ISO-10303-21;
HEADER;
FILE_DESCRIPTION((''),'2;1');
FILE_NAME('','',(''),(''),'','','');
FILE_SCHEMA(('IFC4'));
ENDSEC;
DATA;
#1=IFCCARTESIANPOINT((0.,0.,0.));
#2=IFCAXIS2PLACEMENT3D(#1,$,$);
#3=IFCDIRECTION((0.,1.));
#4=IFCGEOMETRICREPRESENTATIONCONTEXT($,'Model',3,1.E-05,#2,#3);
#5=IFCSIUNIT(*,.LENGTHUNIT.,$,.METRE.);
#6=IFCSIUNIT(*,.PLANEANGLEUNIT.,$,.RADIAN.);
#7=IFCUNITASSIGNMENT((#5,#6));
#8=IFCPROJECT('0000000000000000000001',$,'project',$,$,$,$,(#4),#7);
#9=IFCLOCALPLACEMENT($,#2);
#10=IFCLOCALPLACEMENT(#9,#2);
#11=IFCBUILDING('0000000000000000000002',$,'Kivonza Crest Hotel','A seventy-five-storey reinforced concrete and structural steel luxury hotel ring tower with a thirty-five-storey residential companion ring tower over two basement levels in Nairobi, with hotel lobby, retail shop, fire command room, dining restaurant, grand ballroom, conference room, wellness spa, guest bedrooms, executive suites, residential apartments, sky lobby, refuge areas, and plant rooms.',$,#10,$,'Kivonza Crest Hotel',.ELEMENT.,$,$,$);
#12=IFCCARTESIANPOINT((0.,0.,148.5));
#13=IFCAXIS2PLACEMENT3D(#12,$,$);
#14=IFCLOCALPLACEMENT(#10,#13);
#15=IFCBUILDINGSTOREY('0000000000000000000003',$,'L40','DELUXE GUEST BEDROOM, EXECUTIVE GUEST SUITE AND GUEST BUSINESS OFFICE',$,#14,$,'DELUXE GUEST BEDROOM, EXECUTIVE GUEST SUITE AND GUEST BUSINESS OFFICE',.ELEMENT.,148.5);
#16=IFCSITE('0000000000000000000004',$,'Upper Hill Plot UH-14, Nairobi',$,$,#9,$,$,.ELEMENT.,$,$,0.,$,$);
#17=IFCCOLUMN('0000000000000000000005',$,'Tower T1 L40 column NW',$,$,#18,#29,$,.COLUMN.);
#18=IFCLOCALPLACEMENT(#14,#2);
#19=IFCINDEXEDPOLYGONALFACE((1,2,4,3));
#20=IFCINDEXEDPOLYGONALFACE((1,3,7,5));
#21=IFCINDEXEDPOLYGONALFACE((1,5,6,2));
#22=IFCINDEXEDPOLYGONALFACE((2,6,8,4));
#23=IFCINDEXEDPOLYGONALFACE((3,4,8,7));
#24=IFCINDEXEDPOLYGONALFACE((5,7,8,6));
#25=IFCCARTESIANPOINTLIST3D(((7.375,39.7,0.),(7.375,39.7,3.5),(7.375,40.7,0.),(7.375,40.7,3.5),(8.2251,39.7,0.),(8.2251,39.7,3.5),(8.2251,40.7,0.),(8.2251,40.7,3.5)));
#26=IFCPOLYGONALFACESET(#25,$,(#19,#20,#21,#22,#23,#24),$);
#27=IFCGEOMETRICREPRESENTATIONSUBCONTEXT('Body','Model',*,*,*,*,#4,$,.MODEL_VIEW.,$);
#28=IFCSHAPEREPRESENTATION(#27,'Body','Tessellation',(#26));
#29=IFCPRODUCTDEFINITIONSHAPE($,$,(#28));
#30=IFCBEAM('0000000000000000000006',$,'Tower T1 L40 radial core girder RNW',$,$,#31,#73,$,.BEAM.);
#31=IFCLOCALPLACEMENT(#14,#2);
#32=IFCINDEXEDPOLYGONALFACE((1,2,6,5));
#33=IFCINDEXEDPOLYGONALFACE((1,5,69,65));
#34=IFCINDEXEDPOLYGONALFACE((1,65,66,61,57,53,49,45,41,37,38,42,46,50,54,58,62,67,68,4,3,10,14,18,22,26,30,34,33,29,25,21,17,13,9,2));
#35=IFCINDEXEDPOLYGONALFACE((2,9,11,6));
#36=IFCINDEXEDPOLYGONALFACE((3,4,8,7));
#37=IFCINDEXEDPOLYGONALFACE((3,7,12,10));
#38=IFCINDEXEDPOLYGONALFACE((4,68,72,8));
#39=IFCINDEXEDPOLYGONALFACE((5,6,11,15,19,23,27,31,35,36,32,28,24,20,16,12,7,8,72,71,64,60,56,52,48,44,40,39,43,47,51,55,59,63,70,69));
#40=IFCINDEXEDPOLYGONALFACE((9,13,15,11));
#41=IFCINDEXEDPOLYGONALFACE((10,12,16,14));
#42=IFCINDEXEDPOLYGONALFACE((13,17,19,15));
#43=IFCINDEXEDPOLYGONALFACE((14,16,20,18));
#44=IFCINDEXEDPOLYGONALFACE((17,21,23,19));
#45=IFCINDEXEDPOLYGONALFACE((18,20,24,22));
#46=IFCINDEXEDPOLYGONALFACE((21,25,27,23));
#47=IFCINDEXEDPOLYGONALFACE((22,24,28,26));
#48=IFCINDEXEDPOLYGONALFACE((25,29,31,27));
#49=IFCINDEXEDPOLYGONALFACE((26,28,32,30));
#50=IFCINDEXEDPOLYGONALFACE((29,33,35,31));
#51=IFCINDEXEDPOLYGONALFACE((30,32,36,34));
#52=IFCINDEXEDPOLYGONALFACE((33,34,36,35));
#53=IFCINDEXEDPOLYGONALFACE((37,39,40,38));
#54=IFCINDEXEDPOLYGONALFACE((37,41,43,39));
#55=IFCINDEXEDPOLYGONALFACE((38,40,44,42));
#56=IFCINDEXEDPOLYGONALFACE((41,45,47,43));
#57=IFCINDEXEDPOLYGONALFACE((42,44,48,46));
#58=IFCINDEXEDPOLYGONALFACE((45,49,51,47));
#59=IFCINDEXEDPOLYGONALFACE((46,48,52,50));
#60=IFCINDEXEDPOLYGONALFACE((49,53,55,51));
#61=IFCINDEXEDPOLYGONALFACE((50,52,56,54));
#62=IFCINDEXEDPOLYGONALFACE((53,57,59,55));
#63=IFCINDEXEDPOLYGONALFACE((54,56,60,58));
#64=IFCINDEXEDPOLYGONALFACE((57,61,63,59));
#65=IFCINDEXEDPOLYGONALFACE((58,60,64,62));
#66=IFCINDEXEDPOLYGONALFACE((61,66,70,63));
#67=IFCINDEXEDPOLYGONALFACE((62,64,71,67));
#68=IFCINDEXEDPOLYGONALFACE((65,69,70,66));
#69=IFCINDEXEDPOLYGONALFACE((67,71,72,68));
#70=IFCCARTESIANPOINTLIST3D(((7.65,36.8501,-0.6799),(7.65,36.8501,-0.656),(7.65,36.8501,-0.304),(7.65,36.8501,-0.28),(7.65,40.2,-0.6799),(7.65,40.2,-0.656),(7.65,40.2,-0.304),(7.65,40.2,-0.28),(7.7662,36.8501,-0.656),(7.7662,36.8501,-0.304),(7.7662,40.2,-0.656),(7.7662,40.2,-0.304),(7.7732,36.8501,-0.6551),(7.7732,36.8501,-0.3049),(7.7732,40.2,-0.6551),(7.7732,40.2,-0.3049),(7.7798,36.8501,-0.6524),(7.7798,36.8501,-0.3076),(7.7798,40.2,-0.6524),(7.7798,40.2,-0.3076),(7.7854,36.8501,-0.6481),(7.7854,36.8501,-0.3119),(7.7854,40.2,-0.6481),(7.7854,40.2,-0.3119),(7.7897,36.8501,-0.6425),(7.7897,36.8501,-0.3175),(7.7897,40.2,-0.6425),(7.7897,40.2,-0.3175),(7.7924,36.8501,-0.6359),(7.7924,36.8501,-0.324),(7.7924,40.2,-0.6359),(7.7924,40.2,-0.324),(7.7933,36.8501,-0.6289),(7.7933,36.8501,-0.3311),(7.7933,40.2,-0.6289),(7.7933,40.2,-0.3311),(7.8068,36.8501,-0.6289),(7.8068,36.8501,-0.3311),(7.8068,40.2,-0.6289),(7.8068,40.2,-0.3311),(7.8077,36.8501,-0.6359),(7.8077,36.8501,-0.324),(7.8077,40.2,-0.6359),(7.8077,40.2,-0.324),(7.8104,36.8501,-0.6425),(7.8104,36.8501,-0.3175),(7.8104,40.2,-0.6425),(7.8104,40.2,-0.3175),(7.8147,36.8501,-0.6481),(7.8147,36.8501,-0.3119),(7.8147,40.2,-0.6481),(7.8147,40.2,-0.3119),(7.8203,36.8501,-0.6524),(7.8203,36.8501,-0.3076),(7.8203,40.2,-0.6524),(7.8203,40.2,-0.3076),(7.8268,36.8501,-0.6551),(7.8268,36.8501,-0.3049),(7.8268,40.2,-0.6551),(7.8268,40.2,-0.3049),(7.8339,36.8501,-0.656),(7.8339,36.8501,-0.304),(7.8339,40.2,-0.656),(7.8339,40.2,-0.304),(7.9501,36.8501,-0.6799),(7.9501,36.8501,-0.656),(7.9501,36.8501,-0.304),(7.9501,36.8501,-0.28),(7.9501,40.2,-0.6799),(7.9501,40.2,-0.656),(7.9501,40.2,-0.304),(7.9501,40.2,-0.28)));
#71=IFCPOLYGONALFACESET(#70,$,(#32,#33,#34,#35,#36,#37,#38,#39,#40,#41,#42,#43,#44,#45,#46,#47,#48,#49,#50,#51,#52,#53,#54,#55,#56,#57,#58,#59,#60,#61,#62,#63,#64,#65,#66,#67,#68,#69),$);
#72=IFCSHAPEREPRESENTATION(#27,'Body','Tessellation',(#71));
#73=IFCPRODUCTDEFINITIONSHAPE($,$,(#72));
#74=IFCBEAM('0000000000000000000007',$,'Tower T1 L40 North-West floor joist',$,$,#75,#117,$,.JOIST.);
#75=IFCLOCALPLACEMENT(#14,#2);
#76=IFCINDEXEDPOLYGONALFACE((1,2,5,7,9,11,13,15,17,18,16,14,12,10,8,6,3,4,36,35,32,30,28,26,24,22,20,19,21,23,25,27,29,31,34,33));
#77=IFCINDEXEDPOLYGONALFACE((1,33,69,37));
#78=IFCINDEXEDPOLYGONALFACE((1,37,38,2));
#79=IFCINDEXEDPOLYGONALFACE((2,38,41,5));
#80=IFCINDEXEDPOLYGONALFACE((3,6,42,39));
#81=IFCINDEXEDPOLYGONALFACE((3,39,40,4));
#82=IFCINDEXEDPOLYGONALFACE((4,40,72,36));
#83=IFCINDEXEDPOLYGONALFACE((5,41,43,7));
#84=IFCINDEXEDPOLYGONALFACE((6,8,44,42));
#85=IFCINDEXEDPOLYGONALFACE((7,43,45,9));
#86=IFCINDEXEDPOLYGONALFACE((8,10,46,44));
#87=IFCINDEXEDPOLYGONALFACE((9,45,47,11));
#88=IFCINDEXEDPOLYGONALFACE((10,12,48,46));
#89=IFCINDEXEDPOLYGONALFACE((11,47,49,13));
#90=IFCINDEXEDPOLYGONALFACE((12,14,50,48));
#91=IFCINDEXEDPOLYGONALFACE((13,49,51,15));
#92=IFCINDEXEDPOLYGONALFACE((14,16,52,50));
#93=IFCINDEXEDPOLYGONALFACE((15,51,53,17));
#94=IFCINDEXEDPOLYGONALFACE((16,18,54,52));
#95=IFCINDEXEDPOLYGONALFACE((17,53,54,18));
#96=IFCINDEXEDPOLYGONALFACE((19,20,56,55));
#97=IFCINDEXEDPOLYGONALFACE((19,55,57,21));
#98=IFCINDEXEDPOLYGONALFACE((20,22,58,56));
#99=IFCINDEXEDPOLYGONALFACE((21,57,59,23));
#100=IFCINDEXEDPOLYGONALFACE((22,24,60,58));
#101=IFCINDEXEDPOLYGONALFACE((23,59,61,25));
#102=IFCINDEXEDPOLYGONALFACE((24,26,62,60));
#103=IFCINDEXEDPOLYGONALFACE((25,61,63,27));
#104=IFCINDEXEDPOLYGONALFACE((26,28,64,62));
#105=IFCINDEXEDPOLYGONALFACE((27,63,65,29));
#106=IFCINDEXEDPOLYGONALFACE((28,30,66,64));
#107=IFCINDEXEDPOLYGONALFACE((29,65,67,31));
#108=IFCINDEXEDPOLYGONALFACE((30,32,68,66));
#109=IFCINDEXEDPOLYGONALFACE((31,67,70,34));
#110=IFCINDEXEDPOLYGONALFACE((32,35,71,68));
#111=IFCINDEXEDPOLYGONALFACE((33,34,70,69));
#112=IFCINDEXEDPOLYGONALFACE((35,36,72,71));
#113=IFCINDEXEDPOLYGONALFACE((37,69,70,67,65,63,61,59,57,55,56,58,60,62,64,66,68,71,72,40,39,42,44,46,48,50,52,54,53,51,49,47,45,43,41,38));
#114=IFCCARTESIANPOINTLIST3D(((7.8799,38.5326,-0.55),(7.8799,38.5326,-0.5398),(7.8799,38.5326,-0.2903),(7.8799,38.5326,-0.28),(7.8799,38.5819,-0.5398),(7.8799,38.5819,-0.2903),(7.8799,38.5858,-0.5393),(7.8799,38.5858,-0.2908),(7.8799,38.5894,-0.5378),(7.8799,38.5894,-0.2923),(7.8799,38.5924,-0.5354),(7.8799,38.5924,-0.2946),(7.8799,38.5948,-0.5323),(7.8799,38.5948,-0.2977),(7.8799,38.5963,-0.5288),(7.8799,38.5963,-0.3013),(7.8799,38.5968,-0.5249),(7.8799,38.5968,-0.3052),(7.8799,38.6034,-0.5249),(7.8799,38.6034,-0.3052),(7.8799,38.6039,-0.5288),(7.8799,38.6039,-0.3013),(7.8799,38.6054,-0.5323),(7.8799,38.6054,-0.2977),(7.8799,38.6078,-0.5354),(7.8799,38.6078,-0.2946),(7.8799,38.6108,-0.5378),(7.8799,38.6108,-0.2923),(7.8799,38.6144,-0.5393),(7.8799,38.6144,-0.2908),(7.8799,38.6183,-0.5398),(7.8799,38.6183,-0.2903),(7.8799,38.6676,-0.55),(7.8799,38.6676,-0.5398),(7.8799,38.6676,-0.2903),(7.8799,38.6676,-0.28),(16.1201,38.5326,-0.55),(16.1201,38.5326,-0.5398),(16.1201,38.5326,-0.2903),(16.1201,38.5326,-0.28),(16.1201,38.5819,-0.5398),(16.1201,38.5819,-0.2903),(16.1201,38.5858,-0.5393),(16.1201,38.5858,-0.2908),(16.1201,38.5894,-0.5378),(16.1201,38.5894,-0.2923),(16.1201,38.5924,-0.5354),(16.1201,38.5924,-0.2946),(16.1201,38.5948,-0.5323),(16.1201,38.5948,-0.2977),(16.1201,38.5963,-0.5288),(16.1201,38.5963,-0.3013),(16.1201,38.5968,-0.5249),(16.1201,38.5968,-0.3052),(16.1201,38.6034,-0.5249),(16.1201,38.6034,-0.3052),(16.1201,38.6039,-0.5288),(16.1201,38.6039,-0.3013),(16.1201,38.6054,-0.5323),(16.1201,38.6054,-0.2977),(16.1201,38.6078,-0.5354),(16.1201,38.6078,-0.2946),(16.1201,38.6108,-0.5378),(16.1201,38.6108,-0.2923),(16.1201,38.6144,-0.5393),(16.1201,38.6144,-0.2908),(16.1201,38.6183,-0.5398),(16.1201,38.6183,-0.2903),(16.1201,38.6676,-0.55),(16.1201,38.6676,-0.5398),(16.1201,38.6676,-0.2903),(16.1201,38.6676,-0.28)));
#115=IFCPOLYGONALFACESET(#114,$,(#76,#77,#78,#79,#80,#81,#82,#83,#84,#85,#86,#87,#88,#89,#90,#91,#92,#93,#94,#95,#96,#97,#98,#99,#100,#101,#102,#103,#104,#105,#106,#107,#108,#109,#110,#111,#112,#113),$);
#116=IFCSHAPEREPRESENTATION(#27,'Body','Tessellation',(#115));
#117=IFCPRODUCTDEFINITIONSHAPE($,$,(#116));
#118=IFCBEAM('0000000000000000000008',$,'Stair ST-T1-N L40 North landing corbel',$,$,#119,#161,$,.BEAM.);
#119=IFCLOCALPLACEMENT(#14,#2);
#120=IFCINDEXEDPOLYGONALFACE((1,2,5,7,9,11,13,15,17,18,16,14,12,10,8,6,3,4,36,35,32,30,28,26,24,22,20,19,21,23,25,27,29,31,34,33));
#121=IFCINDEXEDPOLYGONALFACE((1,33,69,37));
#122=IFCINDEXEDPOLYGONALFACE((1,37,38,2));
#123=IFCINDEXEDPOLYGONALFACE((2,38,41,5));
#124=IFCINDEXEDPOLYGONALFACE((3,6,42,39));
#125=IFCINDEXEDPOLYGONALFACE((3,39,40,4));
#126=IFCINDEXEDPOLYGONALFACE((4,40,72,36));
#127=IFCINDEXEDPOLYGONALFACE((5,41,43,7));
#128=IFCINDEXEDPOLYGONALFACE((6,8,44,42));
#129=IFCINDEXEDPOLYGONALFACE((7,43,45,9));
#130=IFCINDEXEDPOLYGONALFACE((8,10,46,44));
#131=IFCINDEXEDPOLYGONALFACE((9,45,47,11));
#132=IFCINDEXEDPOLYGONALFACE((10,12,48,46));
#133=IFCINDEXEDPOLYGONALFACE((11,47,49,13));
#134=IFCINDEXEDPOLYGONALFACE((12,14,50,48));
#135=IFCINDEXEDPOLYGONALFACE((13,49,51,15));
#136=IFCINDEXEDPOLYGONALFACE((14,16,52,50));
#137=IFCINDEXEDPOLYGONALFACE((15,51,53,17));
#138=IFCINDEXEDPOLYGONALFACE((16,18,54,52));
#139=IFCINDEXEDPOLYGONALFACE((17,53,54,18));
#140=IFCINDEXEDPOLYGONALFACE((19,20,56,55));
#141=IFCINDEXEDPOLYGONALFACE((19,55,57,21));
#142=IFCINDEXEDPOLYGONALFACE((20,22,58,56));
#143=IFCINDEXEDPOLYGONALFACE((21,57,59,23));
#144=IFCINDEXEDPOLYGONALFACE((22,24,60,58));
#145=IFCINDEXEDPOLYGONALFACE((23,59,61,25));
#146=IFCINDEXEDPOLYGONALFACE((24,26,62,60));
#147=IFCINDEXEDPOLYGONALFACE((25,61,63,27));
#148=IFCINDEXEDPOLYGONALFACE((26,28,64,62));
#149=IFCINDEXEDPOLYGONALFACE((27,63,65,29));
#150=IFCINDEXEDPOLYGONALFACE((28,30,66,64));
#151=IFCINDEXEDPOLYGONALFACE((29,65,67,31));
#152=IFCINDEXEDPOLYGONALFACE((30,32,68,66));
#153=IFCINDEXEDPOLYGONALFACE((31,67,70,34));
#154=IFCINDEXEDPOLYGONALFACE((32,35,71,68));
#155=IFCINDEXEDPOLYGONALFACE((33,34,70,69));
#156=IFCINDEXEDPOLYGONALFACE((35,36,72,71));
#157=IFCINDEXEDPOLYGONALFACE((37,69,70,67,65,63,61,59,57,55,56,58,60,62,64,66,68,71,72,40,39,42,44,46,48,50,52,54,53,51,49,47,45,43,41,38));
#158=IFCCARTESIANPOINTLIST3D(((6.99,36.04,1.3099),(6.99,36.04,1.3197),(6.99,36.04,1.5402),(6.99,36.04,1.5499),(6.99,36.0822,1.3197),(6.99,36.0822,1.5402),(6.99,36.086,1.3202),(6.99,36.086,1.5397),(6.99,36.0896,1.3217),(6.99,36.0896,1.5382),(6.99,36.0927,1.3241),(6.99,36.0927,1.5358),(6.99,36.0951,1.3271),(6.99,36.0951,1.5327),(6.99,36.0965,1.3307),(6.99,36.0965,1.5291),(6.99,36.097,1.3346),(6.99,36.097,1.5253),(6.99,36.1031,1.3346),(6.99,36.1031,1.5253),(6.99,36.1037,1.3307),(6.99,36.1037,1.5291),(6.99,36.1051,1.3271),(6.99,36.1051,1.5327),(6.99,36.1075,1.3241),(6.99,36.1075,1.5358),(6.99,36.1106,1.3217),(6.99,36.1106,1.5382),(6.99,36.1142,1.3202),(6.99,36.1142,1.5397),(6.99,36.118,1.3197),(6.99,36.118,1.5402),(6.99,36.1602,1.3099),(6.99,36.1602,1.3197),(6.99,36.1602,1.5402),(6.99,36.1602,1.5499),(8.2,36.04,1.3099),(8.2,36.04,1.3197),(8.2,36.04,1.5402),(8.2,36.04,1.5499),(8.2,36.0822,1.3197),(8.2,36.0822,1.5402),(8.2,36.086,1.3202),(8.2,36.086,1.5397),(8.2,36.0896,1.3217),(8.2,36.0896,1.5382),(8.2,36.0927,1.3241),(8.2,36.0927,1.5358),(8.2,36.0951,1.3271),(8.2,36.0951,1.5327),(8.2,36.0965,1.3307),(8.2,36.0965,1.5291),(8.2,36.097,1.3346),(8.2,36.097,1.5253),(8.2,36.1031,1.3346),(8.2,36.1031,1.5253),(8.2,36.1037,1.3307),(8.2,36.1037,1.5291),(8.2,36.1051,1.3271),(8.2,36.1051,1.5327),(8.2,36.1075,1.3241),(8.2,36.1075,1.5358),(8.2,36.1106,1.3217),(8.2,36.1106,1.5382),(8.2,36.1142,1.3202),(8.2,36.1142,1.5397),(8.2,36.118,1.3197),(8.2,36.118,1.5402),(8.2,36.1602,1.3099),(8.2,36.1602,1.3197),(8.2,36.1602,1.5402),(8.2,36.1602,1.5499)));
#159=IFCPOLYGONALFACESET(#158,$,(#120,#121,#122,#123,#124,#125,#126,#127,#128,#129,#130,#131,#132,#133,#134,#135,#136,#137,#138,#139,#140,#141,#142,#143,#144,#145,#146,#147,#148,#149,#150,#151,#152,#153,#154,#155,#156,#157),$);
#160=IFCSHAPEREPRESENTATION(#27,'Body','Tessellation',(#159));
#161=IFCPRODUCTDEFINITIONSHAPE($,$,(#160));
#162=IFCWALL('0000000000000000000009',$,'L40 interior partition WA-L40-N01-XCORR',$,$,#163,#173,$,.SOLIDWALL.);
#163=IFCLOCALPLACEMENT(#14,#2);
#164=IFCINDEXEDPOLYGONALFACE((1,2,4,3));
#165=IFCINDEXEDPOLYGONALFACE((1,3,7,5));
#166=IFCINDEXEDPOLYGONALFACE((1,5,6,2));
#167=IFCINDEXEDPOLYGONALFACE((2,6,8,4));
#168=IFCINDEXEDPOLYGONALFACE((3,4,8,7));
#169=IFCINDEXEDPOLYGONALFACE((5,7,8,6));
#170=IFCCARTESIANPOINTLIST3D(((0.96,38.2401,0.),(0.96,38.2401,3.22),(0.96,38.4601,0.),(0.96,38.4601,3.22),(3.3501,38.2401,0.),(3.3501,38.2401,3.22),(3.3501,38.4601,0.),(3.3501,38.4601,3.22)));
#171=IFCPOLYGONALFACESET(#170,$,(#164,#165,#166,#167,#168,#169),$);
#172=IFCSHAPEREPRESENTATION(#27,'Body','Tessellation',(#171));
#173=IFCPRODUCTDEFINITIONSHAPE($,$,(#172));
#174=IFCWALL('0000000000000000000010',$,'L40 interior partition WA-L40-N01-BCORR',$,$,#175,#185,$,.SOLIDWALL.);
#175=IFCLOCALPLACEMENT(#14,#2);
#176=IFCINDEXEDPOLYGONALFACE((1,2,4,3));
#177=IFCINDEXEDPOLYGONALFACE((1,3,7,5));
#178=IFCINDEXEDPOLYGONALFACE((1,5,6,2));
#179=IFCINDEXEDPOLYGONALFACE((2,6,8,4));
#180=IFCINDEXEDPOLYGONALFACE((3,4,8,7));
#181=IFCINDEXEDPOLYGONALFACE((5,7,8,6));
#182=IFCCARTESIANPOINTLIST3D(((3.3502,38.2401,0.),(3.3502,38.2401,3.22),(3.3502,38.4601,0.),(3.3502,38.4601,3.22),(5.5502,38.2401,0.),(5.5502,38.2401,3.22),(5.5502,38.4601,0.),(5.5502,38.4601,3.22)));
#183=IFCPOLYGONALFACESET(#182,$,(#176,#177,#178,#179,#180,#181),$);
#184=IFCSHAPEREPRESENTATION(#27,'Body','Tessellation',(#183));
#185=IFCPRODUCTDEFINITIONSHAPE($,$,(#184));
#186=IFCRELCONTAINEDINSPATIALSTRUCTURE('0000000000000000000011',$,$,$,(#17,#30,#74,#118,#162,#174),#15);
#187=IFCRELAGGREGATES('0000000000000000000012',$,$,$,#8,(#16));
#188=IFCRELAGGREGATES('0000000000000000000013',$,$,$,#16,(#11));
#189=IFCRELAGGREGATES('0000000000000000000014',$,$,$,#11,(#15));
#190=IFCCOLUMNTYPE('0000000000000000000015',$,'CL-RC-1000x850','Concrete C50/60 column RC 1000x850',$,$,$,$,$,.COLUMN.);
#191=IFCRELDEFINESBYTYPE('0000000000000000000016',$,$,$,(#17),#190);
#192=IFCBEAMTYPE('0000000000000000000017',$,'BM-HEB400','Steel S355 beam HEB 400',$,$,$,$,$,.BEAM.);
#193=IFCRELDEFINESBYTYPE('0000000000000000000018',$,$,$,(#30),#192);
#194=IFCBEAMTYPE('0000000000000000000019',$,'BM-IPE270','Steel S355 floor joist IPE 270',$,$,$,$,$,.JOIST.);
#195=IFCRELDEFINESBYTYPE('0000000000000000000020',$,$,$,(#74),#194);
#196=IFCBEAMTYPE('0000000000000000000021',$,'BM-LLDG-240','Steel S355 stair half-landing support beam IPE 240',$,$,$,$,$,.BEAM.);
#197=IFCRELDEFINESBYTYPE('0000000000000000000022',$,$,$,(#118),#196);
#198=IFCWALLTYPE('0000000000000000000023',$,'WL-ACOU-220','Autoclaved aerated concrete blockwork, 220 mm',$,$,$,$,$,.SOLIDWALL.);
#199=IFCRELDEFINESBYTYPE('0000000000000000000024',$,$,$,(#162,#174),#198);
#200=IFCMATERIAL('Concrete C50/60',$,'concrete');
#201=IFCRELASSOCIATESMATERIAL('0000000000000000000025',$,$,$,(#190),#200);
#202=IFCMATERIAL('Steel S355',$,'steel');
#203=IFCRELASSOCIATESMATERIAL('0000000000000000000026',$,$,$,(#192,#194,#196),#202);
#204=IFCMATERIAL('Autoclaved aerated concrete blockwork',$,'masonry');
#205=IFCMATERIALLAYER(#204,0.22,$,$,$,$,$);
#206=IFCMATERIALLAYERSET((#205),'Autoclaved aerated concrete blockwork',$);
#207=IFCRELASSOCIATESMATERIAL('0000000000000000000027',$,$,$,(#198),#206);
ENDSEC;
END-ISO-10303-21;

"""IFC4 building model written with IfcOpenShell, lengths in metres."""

from ifc_helpers import new_model, si_unit, direction, frame, frame_2d, origin, origin_2d, place, context, subcontext, project, spatial, rectangle, i_section, extrude, material, layer, layer_set, material_profile, profile_set, type_object, element, save


model = new_model("IFC4")

# Units and contexts
model_context = context("Model", 3, precision=1e-05, world=origin(), true_north=direction((0.0, 1.0)))
body_context = subcontext(model_context, "Body", "Model", "MODEL_VIEW")
ifc_project = project(units=[si_unit("LENGTHUNIT", "METRE"), si_unit("PLANEANGLEUNIT", "RADIAN")], contexts=[model_context])

# Site, building, storey
site_placement = place(None, origin())
site = spatial("IfcSite", under=ifc_project, at=site_placement, Name="Upper Hill Plot UH-14, Nairobi", CompositionType="ELEMENT", RefElevation=0.0)
building_placement = place(site_placement, origin())
building = spatial("IfcBuilding", under=site, at=building_placement, Name="Kivonza Crest Hotel", Description="A seventy-five-storey reinforced concrete and structural steel luxury hotel ring tower with a thirty-five-storey residential companion ring tower over two basement levels in Nairobi, with hotel lobby, retail shop, fire command room, dining restaurant, grand ballroom, conference room, wellness spa, guest bedrooms, executive suites, residential apartments, sky lobby, refuge areas, and plant rooms.", LongName="Kivonza Crest Hotel", CompositionType="ELEMENT")
storey_placement = place(building_placement, frame((0.0, 0.0, 148.5)))
storey = spatial("IfcBuildingStorey", under=building, at=storey_placement, Name="L40", Description="DELUXE GUEST BEDROOM, EXECUTIVE GUEST SUITE AND GUEST BUSINESS OFFICE", LongName="DELUXE GUEST BEDROOM, EXECUTIVE GUEST SUITE AND GUEST BUSINESS OFFICE", CompositionType="ELEMENT", Elevation=148.5)

# Column
ifc_material_1 = material(Name="Concrete C50/60", Category="concrete")
ifc_material_profile_1 = material_profile(ifc_material_1, rectangle(XDim=0.8501, YDim=1.0, at=origin_2d()), Name="RC 1000x850")
ifc_profile_set_1 = profile_set([ifc_material_profile_1], Name="Concrete C50/60")
column_type = type_object("IfcColumnType", Name="CL-RC-1000x850", Description="Concrete C50/60 column RC 1000x850", PredefinedType="COLUMN", material=ifc_profile_set_1)
column_placement = place(storey_placement, frame((7.8, 40.2, 0.0), z_axis=(0.0, 0.0, 1.0), x_axis=(1.0, 0.0, 0.0)))
element("IfcColumn", 1, at=column_placement, inside=storey, type_object=column_type, Name="Tower T1 L40 column NW", PredefinedType="COLUMN", context=body_context, shape_type="SweptSolid", body=[
    extrude(rectangle(XDim=0.8501, YDim=1.0, at=origin_2d()), origin(), (0.0, 0.0, 1.0), 3.5),
])

# Beams
ifc_material_2 = material(Name="Steel S355", Category="steel")
ifc_material_profile_2 = material_profile(ifc_material_2, i_section(OverallWidth=0.3, OverallDepth=0.3999, WebThickness=0.0134, FlangeThickness=0.0239, FilletRadius=0.0271, at=origin_2d()), Name="HEB 400")
ifc_profile_set_2 = profile_set([ifc_material_profile_2], Name="Steel S355")
beam_type_1 = type_object("IfcBeamType", Name="BM-HEB400", Description="Steel S355 beam HEB 400", PredefinedType="BEAM", material=ifc_profile_set_2)
beam_1_placement = place(storey_placement, frame((7.8, 40.2, -0.48), z_axis=(0.0, -1.0, 0.0), x_axis=(1.0, 0.0, 0.0)))
element("IfcBeam", 2, at=beam_1_placement, inside=storey, type_object=beam_type_1, Name="Tower T1 L40 radial core girder RNW", PredefinedType="BEAM", context=body_context, shape_type="SweptSolid", body=[
    extrude(i_section(OverallWidth=0.3, OverallDepth=0.3999, WebThickness=0.0134, FlangeThickness=0.0239, FilletRadius=0.0271, at=origin_2d()), origin(), (0.0, 0.0, 1.0), 3.3499),
])
ifc_material_profile_3 = material_profile(ifc_material_2, i_section(OverallWidth=0.135, OverallDepth=0.27, WebThickness=0.0066, FlangeThickness=0.0103, FilletRadius=0.0149, at=origin_2d()), Name="IPE 270")
ifc_profile_set_3 = profile_set([ifc_material_profile_3], Name="Steel S355")
beam_type_2 = type_object("IfcBeamType", Name="BM-IPE270", Description="Steel S355 floor joist IPE 270", PredefinedType="JOIST", material=ifc_profile_set_3)
beam_2_placement = place(storey_placement, frame((7.8799, 38.6001, -0.415), z_axis=(1.0, 0.0, 0.0), x_axis=(0.0, 1.0, 0.0)))
element("IfcBeam", 3, at=beam_2_placement, inside=storey, type_object=beam_type_2, Name="Tower T1 L40 North-West floor joist", PredefinedType="JOIST", context=body_context, shape_type="SweptSolid", body=[
    extrude(i_section(OverallWidth=0.135, OverallDepth=0.27, WebThickness=0.0066, FlangeThickness=0.0103, FilletRadius=0.0149, at=origin_2d()), origin(), (0.0, 0.0, 1.0), 8.2402),
])
ifc_material_profile_4 = material_profile(ifc_material_2, i_section(OverallWidth=0.1201, OverallDepth=0.24, WebThickness=0.0061, FlangeThickness=0.0098, FilletRadius=0.0149, at=origin_2d()), Name="IPE 240")
ifc_profile_set_4 = profile_set([ifc_material_profile_4], Name="Steel S355")
beam_type_3 = type_object("IfcBeamType", Name="BM-LLDG-240", Description="Steel S355 stair half-landing support beam IPE 240", PredefinedType="BEAM", material=ifc_profile_set_4)
beam_3_placement = place(storey_placement, frame((6.99, 36.1001, 1.4299), z_axis=(1.0, 0.0, 0.0), x_axis=(0.0, 1.0, 0.0)))
element("IfcBeam", 4, at=beam_3_placement, inside=storey, type_object=beam_type_3, Name="Stair ST-T1-N L40 North landing corbel", PredefinedType="BEAM", context=body_context, shape_type="SweptSolid", body=[
    extrude(i_section(OverallWidth=0.1201, OverallDepth=0.24, WebThickness=0.0061, FlangeThickness=0.0098, FilletRadius=0.0149, at=origin_2d()), origin(), (0.0, 0.0, 1.0), 1.21),
])

# Walls
ifc_material_3 = material(Name="Autoclaved aerated concrete blockwork", Category="masonry")
ifc_layer_1 = layer(ifc_material_3, 0.22)
ifc_layer_set_1 = layer_set([ifc_layer_1], Name="Autoclaved aerated concrete blockwork")
wall_type_1 = type_object("IfcWallType", Name="WL-ACOU-220", Description="Autoclaved aerated concrete blockwork, 220 mm", PredefinedType="SOLIDWALL", material=ifc_layer_set_1)
wall_1_placement = place(storey_placement, frame((0.96, 38.3501, 0.0), z_axis=(0.0, 0.0, 1.0), x_axis=(1.0, 0.0, 0.0)))
element("IfcWall", 5, at=wall_1_placement, inside=storey, type_object=wall_type_1, Name="L40 interior partition WA-L40-N01-XCORR", PredefinedType="SOLIDWALL", context=body_context, shape_type="SweptSolid", body=[
    extrude(rectangle(XDim=2.3901, YDim=0.22, at=frame_2d((1.1951, 0.0))), origin(), (0.0, 0.0, 1.0), 3.22),
])
wall_2_placement = place(storey_placement, frame((3.3501, 38.3501, 0.0), z_axis=(0.0, 0.0, 1.0), x_axis=(1.0, 0.0, 0.0)))
element("IfcWall", 6, at=wall_2_placement, inside=storey, type_object=wall_type_1, Name="L40 interior partition WA-L40-N01-BCORR", PredefinedType="SOLIDWALL", context=body_context, shape_type="SweptSolid", body=[
    extrude(rectangle(XDim=2.2, YDim=0.22, at=frame_2d((1.1001, 0.0))), origin(), (0.0, 0.0, 1.0), 3.22),
])

save(model, "model.ifc")
